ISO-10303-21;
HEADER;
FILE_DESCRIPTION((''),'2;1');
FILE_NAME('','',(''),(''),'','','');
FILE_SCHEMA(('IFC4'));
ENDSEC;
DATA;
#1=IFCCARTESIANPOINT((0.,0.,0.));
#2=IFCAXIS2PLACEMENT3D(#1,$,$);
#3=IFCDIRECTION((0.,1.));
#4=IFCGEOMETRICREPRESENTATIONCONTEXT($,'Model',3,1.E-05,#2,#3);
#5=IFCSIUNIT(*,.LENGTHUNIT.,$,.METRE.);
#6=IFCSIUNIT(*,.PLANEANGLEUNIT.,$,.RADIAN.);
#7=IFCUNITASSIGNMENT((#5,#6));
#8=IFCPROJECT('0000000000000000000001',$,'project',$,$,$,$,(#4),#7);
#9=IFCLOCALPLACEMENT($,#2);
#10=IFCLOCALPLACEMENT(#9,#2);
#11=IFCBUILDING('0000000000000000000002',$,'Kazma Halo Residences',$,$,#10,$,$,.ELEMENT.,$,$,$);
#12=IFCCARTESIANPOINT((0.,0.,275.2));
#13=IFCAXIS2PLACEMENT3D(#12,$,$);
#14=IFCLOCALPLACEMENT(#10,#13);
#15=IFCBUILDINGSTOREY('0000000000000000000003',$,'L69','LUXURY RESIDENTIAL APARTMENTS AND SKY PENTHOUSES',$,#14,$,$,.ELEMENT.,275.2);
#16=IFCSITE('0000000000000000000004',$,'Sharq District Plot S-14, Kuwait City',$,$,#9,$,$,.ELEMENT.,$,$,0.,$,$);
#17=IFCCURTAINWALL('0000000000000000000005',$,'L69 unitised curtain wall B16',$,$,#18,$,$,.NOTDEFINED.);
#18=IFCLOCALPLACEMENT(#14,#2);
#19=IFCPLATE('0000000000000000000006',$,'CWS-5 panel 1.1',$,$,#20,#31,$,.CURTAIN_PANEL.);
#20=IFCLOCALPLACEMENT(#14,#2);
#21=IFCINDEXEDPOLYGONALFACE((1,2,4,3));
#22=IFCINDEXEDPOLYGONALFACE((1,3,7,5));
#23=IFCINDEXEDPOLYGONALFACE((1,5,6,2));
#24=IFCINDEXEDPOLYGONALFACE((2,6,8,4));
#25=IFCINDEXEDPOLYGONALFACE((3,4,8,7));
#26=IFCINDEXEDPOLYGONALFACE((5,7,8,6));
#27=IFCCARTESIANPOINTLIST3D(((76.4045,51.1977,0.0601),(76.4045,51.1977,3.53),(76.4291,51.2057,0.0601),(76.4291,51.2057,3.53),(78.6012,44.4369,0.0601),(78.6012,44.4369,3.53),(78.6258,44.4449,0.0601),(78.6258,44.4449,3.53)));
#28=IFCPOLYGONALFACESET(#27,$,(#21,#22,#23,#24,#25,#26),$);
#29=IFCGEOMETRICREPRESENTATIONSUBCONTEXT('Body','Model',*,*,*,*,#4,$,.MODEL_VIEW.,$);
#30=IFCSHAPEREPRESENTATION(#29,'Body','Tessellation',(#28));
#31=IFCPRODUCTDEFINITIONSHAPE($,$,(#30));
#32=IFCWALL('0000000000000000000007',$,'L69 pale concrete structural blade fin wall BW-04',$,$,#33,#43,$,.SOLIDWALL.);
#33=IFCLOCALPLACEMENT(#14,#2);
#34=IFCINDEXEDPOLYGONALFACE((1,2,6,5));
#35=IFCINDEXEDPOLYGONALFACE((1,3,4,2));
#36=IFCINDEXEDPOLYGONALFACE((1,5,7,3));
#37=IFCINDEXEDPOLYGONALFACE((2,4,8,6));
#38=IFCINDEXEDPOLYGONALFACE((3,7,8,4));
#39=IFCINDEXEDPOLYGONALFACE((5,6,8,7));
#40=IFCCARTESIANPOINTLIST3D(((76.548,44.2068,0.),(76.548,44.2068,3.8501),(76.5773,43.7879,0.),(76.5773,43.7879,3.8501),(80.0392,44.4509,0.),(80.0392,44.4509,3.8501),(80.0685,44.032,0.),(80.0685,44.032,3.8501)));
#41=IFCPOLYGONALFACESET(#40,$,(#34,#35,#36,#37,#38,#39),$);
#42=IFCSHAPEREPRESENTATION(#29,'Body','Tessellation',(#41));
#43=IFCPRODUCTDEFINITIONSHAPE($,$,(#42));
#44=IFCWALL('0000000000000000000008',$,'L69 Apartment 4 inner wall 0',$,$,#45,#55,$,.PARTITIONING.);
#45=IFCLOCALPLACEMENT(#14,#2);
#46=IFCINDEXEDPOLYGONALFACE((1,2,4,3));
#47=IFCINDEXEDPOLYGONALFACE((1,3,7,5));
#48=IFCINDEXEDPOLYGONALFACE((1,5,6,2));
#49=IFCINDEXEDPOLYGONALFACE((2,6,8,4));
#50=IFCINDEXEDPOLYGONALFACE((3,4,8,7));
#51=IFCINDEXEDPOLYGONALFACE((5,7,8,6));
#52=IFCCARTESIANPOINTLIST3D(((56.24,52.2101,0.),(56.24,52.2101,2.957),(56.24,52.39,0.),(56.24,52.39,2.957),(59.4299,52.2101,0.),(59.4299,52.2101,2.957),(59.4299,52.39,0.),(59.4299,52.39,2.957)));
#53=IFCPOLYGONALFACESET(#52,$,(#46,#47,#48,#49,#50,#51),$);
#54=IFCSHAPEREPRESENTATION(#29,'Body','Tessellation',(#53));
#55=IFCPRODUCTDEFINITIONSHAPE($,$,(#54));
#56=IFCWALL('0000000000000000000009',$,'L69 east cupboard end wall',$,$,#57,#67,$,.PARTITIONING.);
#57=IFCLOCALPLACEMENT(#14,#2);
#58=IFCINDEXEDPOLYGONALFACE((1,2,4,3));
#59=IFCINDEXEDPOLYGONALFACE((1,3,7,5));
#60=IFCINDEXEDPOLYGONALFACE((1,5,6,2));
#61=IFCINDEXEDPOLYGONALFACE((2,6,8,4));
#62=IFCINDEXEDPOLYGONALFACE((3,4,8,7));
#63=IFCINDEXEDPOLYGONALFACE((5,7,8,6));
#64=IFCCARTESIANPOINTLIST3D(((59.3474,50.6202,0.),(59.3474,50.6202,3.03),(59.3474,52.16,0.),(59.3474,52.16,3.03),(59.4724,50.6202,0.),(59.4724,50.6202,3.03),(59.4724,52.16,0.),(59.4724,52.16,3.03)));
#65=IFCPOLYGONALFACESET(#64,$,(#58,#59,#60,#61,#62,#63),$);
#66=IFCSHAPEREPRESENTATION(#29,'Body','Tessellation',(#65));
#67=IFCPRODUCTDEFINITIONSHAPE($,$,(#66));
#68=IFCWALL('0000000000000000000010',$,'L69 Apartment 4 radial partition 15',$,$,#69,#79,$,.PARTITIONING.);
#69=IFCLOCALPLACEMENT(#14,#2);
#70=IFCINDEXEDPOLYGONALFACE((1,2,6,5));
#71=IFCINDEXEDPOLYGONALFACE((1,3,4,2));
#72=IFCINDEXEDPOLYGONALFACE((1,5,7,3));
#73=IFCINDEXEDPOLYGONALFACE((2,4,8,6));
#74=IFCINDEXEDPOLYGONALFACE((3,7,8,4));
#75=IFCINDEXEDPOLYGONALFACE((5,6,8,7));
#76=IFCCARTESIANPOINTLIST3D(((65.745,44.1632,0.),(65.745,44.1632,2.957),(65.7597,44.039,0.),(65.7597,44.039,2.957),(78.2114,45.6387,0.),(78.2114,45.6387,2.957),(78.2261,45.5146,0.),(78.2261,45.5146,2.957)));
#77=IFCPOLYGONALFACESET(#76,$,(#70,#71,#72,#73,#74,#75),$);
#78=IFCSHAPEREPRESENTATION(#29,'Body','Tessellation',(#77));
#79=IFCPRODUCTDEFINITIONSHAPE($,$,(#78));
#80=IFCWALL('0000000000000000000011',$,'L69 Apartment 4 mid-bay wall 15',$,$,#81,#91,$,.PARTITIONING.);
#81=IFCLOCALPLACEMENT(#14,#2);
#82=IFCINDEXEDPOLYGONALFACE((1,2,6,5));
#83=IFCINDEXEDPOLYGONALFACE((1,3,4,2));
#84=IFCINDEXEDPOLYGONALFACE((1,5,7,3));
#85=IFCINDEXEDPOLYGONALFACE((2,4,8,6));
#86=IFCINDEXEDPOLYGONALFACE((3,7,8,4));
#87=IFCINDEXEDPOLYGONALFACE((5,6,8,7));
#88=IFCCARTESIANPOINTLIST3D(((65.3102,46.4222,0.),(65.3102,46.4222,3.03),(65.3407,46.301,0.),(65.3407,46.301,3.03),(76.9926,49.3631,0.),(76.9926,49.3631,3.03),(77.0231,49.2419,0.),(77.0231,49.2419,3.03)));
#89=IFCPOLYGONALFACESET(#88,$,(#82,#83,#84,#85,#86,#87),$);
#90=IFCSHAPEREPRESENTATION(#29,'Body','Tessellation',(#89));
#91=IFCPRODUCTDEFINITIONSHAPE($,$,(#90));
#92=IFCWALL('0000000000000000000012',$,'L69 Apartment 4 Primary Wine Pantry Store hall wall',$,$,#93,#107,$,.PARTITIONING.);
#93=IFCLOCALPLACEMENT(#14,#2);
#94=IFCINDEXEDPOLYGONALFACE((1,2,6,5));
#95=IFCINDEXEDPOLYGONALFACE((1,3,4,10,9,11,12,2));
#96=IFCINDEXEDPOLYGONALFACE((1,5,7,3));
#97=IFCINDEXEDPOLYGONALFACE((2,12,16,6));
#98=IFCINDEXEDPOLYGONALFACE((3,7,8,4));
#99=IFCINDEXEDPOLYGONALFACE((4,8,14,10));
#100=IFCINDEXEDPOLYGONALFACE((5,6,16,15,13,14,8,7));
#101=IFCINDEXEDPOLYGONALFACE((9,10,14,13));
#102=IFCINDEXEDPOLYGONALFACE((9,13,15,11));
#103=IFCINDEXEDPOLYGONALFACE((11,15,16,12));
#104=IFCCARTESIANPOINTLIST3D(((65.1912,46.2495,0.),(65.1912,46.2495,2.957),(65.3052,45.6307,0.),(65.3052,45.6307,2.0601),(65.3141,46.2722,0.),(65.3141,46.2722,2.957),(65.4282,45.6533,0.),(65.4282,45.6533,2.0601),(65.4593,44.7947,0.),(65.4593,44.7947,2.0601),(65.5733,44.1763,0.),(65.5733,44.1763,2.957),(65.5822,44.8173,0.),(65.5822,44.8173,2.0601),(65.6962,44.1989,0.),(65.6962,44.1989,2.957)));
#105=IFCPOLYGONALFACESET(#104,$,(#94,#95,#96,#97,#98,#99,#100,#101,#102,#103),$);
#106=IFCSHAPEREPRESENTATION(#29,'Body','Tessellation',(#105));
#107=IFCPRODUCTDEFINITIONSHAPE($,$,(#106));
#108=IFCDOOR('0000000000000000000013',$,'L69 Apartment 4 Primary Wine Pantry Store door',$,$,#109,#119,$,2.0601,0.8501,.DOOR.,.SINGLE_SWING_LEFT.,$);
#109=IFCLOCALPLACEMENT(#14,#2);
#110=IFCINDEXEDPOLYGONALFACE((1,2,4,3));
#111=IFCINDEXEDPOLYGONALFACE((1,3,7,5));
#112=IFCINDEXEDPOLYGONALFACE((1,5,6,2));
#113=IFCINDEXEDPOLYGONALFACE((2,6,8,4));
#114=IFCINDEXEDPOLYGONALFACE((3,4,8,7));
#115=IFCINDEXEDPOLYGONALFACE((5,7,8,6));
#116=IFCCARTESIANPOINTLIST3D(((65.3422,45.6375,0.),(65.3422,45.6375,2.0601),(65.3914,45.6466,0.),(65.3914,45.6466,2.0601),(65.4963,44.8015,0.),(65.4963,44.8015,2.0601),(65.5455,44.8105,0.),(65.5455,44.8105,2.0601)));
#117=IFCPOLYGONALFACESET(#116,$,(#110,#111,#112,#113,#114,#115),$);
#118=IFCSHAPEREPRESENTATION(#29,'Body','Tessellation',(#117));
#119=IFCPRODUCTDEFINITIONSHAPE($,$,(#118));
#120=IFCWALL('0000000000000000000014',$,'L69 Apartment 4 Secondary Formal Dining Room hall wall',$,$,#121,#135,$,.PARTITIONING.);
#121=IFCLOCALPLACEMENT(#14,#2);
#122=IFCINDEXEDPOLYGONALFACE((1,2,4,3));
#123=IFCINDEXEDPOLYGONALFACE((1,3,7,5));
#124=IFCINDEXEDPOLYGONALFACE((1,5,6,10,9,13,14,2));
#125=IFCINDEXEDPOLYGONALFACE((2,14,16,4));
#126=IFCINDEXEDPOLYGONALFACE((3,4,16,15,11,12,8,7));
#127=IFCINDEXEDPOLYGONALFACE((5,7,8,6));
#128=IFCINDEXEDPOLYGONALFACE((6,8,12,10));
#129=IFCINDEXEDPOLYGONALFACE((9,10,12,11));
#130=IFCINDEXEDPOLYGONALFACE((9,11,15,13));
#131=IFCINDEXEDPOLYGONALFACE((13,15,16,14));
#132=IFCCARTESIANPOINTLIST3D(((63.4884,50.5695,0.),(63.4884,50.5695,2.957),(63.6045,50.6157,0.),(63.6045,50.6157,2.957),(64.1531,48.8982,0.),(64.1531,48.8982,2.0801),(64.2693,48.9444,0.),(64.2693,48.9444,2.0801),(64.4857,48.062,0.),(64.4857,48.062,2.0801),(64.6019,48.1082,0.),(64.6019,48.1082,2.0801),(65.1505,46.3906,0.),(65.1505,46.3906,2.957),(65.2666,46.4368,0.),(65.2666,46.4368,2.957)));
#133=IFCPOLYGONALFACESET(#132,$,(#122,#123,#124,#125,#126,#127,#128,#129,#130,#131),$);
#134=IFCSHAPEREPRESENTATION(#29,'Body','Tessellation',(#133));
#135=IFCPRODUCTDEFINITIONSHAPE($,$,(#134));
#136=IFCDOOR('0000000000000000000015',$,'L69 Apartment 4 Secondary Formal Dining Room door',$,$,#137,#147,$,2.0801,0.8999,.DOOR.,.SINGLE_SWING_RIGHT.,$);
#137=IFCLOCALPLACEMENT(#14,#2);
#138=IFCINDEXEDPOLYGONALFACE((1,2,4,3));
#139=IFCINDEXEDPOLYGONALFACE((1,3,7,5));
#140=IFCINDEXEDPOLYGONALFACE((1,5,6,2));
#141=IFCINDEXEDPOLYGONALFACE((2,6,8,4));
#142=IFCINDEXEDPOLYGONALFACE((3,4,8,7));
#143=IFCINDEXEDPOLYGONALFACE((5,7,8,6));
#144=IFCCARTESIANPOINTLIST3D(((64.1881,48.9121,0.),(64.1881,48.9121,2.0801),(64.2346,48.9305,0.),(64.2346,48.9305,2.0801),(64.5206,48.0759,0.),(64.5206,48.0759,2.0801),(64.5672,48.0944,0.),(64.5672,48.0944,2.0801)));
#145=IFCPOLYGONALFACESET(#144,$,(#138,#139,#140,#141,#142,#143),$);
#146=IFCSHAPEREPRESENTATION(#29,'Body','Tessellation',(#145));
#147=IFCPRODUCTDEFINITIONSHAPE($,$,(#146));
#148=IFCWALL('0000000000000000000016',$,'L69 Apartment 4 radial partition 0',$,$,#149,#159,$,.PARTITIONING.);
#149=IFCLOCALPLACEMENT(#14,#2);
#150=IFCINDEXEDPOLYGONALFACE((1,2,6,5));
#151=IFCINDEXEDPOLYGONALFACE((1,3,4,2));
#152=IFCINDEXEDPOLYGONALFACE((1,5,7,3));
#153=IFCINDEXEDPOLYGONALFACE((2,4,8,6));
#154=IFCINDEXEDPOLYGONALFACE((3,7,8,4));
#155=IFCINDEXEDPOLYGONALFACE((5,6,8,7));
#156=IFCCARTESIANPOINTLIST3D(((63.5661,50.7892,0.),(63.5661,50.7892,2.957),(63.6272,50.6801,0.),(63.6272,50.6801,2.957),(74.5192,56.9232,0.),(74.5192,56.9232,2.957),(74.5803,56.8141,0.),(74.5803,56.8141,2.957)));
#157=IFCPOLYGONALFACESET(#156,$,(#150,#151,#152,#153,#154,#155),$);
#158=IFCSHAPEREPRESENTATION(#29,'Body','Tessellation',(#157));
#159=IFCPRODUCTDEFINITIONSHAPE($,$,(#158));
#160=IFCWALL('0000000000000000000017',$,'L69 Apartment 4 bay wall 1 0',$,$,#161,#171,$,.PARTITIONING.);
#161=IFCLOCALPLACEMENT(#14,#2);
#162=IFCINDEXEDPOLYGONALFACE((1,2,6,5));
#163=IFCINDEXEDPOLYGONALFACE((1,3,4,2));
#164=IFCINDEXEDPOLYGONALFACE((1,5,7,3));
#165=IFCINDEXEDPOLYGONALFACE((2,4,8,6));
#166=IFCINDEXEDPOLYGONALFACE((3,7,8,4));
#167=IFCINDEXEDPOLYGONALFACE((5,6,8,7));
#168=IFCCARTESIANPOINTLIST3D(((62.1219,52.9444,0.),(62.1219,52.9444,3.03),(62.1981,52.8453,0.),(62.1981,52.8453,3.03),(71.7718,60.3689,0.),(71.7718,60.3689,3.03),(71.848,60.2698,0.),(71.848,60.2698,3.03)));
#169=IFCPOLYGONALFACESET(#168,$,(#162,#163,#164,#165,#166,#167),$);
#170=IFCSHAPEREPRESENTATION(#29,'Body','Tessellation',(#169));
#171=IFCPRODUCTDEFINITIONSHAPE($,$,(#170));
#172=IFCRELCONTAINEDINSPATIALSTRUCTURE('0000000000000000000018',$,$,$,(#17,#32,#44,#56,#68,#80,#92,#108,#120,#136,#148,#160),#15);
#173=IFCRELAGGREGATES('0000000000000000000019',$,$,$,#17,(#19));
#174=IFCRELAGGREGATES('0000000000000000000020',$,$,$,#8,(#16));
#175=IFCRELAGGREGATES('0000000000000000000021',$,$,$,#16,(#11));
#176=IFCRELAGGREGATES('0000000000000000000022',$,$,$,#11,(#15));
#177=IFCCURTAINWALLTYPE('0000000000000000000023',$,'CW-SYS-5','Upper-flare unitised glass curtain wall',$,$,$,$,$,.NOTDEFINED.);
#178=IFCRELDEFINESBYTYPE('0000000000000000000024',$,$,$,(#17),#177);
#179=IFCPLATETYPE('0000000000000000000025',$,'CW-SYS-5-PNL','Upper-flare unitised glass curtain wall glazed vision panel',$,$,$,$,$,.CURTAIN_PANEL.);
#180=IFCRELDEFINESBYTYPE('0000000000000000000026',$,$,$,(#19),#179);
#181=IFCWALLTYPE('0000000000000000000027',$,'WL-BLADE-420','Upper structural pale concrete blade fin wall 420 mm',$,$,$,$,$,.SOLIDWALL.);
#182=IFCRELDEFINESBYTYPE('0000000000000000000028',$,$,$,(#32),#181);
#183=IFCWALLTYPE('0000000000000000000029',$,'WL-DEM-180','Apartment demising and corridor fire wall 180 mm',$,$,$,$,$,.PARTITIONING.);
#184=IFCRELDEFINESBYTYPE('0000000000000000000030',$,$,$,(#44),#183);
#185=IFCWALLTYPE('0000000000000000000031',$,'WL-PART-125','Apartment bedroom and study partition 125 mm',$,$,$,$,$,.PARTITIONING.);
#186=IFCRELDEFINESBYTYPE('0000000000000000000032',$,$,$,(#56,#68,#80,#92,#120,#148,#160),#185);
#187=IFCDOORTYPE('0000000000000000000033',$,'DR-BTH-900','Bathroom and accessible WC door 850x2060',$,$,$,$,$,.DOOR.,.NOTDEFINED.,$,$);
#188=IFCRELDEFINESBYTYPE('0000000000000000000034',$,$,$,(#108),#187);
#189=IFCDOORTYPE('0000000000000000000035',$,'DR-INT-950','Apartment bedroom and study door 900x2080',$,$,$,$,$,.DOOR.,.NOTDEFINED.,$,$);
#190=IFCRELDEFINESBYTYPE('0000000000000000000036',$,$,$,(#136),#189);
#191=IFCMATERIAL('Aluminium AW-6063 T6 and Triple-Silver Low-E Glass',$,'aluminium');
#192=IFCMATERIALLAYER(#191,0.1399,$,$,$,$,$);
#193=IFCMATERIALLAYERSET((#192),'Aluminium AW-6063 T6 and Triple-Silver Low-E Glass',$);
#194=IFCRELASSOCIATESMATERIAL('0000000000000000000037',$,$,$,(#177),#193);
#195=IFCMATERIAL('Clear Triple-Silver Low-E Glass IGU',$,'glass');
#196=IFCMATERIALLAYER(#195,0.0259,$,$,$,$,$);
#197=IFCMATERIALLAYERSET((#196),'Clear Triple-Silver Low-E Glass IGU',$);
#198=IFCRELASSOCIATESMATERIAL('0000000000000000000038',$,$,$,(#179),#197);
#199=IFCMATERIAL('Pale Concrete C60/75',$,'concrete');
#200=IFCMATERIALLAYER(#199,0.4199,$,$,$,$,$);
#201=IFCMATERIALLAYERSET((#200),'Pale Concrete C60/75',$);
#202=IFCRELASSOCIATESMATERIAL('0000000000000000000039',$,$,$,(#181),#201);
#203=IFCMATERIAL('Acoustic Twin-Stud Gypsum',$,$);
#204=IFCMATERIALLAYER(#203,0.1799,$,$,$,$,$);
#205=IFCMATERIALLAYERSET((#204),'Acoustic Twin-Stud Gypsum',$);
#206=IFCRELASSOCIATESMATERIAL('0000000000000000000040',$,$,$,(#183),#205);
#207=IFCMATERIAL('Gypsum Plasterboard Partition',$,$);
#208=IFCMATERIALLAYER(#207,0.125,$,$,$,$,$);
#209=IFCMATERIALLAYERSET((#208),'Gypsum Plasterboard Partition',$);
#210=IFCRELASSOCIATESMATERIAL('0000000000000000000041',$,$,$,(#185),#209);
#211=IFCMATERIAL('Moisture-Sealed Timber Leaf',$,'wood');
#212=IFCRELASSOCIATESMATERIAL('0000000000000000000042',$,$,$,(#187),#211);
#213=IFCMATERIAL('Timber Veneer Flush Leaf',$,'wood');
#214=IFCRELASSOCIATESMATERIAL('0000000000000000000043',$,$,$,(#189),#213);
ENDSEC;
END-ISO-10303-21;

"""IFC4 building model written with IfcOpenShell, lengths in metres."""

from ifc_helpers import new_model, si_unit, direction, frame, frame_2d, origin, origin_2d, place, context, subcontext, project, spatial, rectangle, extrude, material, layer, layer_set, type_object, element, fill, aggregate, save


model = new_model("IFC4")

# Units and contexts
model_context = context("Model", 3, precision=1e-05, world=origin(), true_north=direction((0.0, 1.0)))
body_context = subcontext(model_context, "Body", "Model", "MODEL_VIEW")
ifc_project = project(units=[si_unit("LENGTHUNIT", "METRE"), si_unit("PLANEANGLEUNIT", "RADIAN")], contexts=[model_context])

# Site, building, storey
site_placement = place(None, origin())
site = spatial("IfcSite", under=ifc_project, at=site_placement, Name="Sharq District Plot S-14, Kuwait City", CompositionType="ELEMENT", RefElevation=0.0)
building_placement = place(site_placement, origin())
building = spatial("IfcBuilding", under=site, at=building_placement, Name="Kazma Halo Residences", CompositionType="ELEMENT")
storey_placement = place(building_placement, frame((0.0, 0.0, 275.2)))
storey = spatial("IfcBuildingStorey", under=building, at=storey_placement, Name="L69", Description="LUXURY RESIDENTIAL APARTMENTS AND SKY PENTHOUSES", CompositionType="ELEMENT", Elevation=275.2)

# Shared definitions
ifc_material_1 = material(Name="Aluminium AW-6063 T6 and Triple-Silver Low-E Glass", Category="aluminium")
ifc_layer_1 = layer(ifc_material_1, 0.1399)
ifc_layer_set_1 = layer_set([ifc_layer_1], Name="Aluminium AW-6063 T6 and Triple-Silver Low-E Glass")
curtain_wall_type = type_object("IfcCurtainWallType", Name="CW-SYS-5", Description="Upper-flare unitised glass curtain wall", PredefinedType="NOTDEFINED", material=ifc_layer_set_1)

# Curtain wall, plate
curtain_wall_1_placement = place(storey_placement, origin())
curtain_wall_1 = element("IfcCurtainWall", 1, at=curtain_wall_1_placement, inside=storey, type_object=curtain_wall_type, Name="L69 unitised curtain wall B16", PredefinedType="NOTDEFINED")
ifc_material_2 = material(Name="Clear Triple-Silver Low-E Glass IGU", Category="glass")
ifc_layer_2 = layer(ifc_material_2, 0.0259)
ifc_layer_set_2 = layer_set([ifc_layer_2], Name="Clear Triple-Silver Low-E Glass IGU")
plate_type = type_object("IfcPlateType", Name="CW-SYS-5-PNL", Description="Upper-flare unitised glass curtain wall glazed vision panel", PredefinedType="CURTAIN_PANEL", material=ifc_layer_set_2)
plate_placement = place(storey_placement, frame((77.5151, 47.8213, 0.0601), z_axis=(0.0, 0.0, 1.0), x_axis=(-0.309011, 0.951058, 0.0)))
plate = element("IfcPlate", 2, at=plate_placement, type_object=plate_type, Name="CWS-5 panel 1.1", PredefinedType="CURTAIN_PANEL", context=body_context, shape_type="SweptSolid", body=[
    extrude(rectangle(XDim=7.1086, YDim=0.0259, at=origin_2d()), origin(), (0.0, 0.0, 1.0), 3.47),
])
aggregate(curtain_wall_1, [plate])

# Walls
ifc_material_3 = material(Name="Pale Concrete C60/75", Category="concrete")
ifc_layer_3 = layer(ifc_material_3, 0.4199)
ifc_layer_set_3 = layer_set([ifc_layer_3], Name="Pale Concrete C60/75")
wall_type_1 = type_object("IfcWallType", Name="WL-BLADE-420", Description="Upper structural pale concrete blade fin wall 420 mm", PredefinedType="SOLIDWALL", material=ifc_layer_set_3)
wall_1_placement = place(storey_placement, frame((76.5625, 43.9973, 0.0), z_axis=(0.0, 0.0, 1.0), x_axis=(0.997564, 0.06976, 0.0)))
element("IfcWall", 3, at=wall_1_placement, inside=storey, type_object=wall_type_1, Name="L69 pale concrete structural blade fin wall BW-04", PredefinedType="SOLIDWALL", context=body_context, shape_type="SweptSolid", body=[
    extrude(rectangle(XDim=3.4998, YDim=0.4199, at=frame_2d((1.75, 0.0))), origin(), (0.0, 0.0, 1.0), 3.8501),
])
ifc_material_4 = material(Name="Acoustic Twin-Stud Gypsum")
ifc_layer_4 = layer(ifc_material_4, 0.1799)
ifc_layer_set_4 = layer_set([ifc_layer_4], Name="Acoustic Twin-Stud Gypsum")
wall_type_2 = type_object("IfcWallType", Name="WL-DEM-180", Description="Apartment demising and corridor fire wall 180 mm", PredefinedType="PARTITIONING", material=ifc_layer_set_4)
wall_2_placement = place(storey_placement, frame((59.4299, 52.3, 0.0), z_axis=(0.0, 0.0, 1.0), x_axis=(-1.0, 0.0, 0.0)))
element("IfcWall", 4, at=wall_2_placement, inside=storey, type_object=wall_type_2, Name="L69 Apartment 4 inner wall 0", PredefinedType="PARTITIONING", context=body_context, shape_type="SweptSolid", body=[
    extrude(rectangle(XDim=3.1899, YDim=0.1799, at=frame_2d((1.595, 0.0))), origin(), (0.0, 0.0, 1.0), 2.957),
])
ifc_material_5 = material(Name="Gypsum Plasterboard Partition")
ifc_layer_5 = layer(ifc_material_5, 0.125)
ifc_layer_set_5 = layer_set([ifc_layer_5], Name="Gypsum Plasterboard Partition")
wall_type_3 = type_object("IfcWallType", Name="WL-PART-125", Description="Apartment bedroom and study partition 125 mm", PredefinedType="PARTITIONING", material=ifc_layer_set_5)
wall_3_placement = place(storey_placement, frame((59.4099, 50.6201, 0.0), z_axis=(0.0, 0.0, 1.0), x_axis=(0.0, 1.0, 0.0)))
element("IfcWall", 5, at=wall_3_placement, inside=storey, type_object=wall_type_3, Name="L69 east cupboard end wall", PredefinedType="PARTITIONING", context=body_context, shape_type="SweptSolid", body=[
    extrude(rectangle(XDim=1.5398, YDim=0.125, at=frame_2d((0.77, 0.0))), origin(), (0.0, 0.0, 1.0), 3.03),
])
wall_4_placement = place(storey_placement, frame((65.7522, 44.1011, 0.0), z_axis=(0.0, 0.0, 1.0), x_axis=(0.993068, 0.117543, 0.0)))
element("IfcWall", 6, at=wall_4_placement, inside=storey, type_object=wall_type_3, Name="L69 Apartment 4 radial partition 15", PredefinedType="PARTITIONING", context=body_context, shape_type="SweptSolid", body=[
    extrude(rectangle(XDim=12.5535, YDim=0.125, at=frame_2d((6.2769, 0.0))), origin(), (0.0, 0.0, 1.0), 2.957),
])
wall_5_placement = place(storey_placement, frame((65.3254, 46.3616, 0.0), z_axis=(0.0, 0.0, 1.0), x_axis=(0.969744, 0.244123, 0.0)))
element("IfcWall", 7, at=wall_5_placement, inside=storey, type_object=wall_type_3, Name="L69 Apartment 4 mid-bay wall 15", PredefinedType="PARTITIONING", context=body_context, shape_type="SweptSolid", body=[
    extrude(rectangle(XDim=12.0469, YDim=0.125, at=frame_2d((6.0234, 0.0))), origin(), (0.0, 0.0, 1.0), 3.03),
])

# Walls, openings, doors
wall_6_placement = place(storey_placement, frame((65.6348, 44.1875, 0.0), z_axis=(0.0, 0.0, 1.0), x_axis=(-0.181239, 0.983439, 0.0)))
wall_6 = element("IfcWall", 8, at=wall_6_placement, inside=storey, type_object=wall_type_3, Name="L69 Apartment 4 Primary Wine Pantry Store hall wall", PredefinedType="PARTITIONING", context=body_context, shape_type="SweptSolid", body=[
    extrude(rectangle(XDim=2.1082, YDim=0.125, at=frame_2d((1.0542, 0.0))), origin(), (0.0, 0.0, 1.0), 2.957),
])
opening_1_placement = place(wall_6_placement, frame((0.6289, 0.0, 0.0)))
opening_1 = element("IfcOpeningElement", 9, at=opening_1_placement, cuts=wall_6, PredefinedType="OPENING", context=body_context, shape_type="SweptSolid", body=[
    extrude(rectangle(XDim=0.8501, YDim=2.0601, at=frame_2d((0.425, 1.03))), frame((0.0, 0.0725, 0.0), z_axis=(0.0, -1.0, 0.0), x_axis=(1.0, 0.0, 0.0)), (0.0, 0.0, 1.0), 0.145),
])
ifc_material_6 = material(Name="Moisture-Sealed Timber Leaf", Category="wood")
door_type_1 = type_object("IfcDoorType", Name="DR-BTH-900", Description="Bathroom and accessible WC door 850x2060", OperationType="NOTDEFINED", PredefinedType="DOOR", material=ifc_material_6)
door_1_placement = place(opening_1_placement, origin())
door_1 = element("IfcDoor", 10, at=door_1_placement, inside=storey, type_object=door_type_1, Name="L69 Apartment 4 Primary Wine Pantry Store door", OperationType="SINGLE_SWING_LEFT", OverallHeight=2.0601, OverallWidth=0.8501, PredefinedType="DOOR", context=body_context, shape_type="SweptSolid", body=[
    extrude(rectangle(XDim=0.8501, YDim=2.0601, at=frame_2d((0.425, 1.03))), frame((0.0, 0.0249, 0.0), z_axis=(0.0, -1.0, 0.0), x_axis=(1.0, 0.0, 0.0)), (0.0, 0.0, 1.0), 0.05),
])
fill(opening_1, door_1)
wall_7_placement = place(storey_placement, frame((65.2085, 46.4138, 0.0), z_axis=(0.0, 0.0, 1.0), x_axis=(-0.369574, 0.929201, 0.0)))
wall_7 = element("IfcWall", 11, at=wall_7_placement, inside=storey, type_object=wall_type_3, Name="L69 Apartment 4 Secondary Formal Dining Room hall wall", PredefinedType="PARTITIONING", context=body_context, shape_type="SweptSolid", body=[
    extrude(rectangle(XDim=4.4973, YDim=0.125, at=frame_2d((2.2485, 0.0))), origin(), (0.0, 0.0, 1.0), 2.957),
])
opening_2_placement = place(wall_7_placement, frame((1.7986, 0.0, 0.0)))
opening_2 = element("IfcOpeningElement", 12, at=opening_2_placement, cuts=wall_7, PredefinedType="OPENING", context=body_context, shape_type="SweptSolid", body=[
    extrude(rectangle(XDim=0.8999, YDim=2.0801, at=frame_2d((0.45, 1.04))), frame((0.0, 0.0725, 0.0), z_axis=(0.0, -1.0, 0.0), x_axis=(1.0, 0.0, 0.0)), (0.0, 0.0, 1.0), 0.145),
])
ifc_material_7 = material(Name="Timber Veneer Flush Leaf", Category="wood")
door_type_2 = type_object("IfcDoorType", Name="DR-INT-950", Description="Apartment bedroom and study door 900x2080", OperationType="NOTDEFINED", PredefinedType="DOOR", material=ifc_material_7)
door_2_placement = place(opening_2_placement, origin())
door_2 = element("IfcDoor", 13, at=door_2_placement, inside=storey, type_object=door_type_2, Name="L69 Apartment 4 Secondary Formal Dining Room door", OperationType="SINGLE_SWING_RIGHT", OverallHeight=2.0801, OverallWidth=0.8999, PredefinedType="DOOR", context=body_context, shape_type="SweptSolid", body=[
    extrude(rectangle(XDim=0.8999, YDim=2.0801, at=frame_2d((0.45, 1.04))), frame((0.0, 0.0249, 0.0), z_axis=(0.0, -1.0, 0.0), x_axis=(1.0, 0.0, 0.0)), (0.0, 0.0, 1.0), 0.05),
])
fill(opening_2, door_2)

# Walls
wall_8_placement = place(storey_placement, frame((63.5967, 50.7346, 0.0), z_axis=(0.0, 0.0, 1.0), x_axis=(0.872496, 0.488621, 0.0)))
element("IfcWall", 14, at=wall_8_placement, inside=storey, type_object=wall_type_3, Name="L69 Apartment 4 radial partition 0", PredefinedType="PARTITIONING", context=body_context, shape_type="SweptSolid", body=[
    extrude(rectangle(XDim=12.5537, YDim=0.125, at=frame_2d((6.2769, 0.0))), origin(), (0.0, 0.0, 1.0), 2.957),
])
wall_9_placement = place(storey_placement, frame((62.1599, 52.8948, 0.0), z_axis=(0.0, 0.0, 1.0), x_axis=(0.792562, 0.609791, 0.0)))
element("IfcWall", 15, at=wall_9_placement, inside=storey, type_object=wall_type_3, Name="L69 Apartment 4 bay wall 1 0", PredefinedType="PARTITIONING", context=body_context, shape_type="SweptSolid", body=[
    extrude(rectangle(XDim=12.1755, YDim=0.125, at=frame_2d((6.0879, 0.0))), origin(), (0.0, 0.0, 1.0), 3.03),
])

save(model, "model.ifc")
